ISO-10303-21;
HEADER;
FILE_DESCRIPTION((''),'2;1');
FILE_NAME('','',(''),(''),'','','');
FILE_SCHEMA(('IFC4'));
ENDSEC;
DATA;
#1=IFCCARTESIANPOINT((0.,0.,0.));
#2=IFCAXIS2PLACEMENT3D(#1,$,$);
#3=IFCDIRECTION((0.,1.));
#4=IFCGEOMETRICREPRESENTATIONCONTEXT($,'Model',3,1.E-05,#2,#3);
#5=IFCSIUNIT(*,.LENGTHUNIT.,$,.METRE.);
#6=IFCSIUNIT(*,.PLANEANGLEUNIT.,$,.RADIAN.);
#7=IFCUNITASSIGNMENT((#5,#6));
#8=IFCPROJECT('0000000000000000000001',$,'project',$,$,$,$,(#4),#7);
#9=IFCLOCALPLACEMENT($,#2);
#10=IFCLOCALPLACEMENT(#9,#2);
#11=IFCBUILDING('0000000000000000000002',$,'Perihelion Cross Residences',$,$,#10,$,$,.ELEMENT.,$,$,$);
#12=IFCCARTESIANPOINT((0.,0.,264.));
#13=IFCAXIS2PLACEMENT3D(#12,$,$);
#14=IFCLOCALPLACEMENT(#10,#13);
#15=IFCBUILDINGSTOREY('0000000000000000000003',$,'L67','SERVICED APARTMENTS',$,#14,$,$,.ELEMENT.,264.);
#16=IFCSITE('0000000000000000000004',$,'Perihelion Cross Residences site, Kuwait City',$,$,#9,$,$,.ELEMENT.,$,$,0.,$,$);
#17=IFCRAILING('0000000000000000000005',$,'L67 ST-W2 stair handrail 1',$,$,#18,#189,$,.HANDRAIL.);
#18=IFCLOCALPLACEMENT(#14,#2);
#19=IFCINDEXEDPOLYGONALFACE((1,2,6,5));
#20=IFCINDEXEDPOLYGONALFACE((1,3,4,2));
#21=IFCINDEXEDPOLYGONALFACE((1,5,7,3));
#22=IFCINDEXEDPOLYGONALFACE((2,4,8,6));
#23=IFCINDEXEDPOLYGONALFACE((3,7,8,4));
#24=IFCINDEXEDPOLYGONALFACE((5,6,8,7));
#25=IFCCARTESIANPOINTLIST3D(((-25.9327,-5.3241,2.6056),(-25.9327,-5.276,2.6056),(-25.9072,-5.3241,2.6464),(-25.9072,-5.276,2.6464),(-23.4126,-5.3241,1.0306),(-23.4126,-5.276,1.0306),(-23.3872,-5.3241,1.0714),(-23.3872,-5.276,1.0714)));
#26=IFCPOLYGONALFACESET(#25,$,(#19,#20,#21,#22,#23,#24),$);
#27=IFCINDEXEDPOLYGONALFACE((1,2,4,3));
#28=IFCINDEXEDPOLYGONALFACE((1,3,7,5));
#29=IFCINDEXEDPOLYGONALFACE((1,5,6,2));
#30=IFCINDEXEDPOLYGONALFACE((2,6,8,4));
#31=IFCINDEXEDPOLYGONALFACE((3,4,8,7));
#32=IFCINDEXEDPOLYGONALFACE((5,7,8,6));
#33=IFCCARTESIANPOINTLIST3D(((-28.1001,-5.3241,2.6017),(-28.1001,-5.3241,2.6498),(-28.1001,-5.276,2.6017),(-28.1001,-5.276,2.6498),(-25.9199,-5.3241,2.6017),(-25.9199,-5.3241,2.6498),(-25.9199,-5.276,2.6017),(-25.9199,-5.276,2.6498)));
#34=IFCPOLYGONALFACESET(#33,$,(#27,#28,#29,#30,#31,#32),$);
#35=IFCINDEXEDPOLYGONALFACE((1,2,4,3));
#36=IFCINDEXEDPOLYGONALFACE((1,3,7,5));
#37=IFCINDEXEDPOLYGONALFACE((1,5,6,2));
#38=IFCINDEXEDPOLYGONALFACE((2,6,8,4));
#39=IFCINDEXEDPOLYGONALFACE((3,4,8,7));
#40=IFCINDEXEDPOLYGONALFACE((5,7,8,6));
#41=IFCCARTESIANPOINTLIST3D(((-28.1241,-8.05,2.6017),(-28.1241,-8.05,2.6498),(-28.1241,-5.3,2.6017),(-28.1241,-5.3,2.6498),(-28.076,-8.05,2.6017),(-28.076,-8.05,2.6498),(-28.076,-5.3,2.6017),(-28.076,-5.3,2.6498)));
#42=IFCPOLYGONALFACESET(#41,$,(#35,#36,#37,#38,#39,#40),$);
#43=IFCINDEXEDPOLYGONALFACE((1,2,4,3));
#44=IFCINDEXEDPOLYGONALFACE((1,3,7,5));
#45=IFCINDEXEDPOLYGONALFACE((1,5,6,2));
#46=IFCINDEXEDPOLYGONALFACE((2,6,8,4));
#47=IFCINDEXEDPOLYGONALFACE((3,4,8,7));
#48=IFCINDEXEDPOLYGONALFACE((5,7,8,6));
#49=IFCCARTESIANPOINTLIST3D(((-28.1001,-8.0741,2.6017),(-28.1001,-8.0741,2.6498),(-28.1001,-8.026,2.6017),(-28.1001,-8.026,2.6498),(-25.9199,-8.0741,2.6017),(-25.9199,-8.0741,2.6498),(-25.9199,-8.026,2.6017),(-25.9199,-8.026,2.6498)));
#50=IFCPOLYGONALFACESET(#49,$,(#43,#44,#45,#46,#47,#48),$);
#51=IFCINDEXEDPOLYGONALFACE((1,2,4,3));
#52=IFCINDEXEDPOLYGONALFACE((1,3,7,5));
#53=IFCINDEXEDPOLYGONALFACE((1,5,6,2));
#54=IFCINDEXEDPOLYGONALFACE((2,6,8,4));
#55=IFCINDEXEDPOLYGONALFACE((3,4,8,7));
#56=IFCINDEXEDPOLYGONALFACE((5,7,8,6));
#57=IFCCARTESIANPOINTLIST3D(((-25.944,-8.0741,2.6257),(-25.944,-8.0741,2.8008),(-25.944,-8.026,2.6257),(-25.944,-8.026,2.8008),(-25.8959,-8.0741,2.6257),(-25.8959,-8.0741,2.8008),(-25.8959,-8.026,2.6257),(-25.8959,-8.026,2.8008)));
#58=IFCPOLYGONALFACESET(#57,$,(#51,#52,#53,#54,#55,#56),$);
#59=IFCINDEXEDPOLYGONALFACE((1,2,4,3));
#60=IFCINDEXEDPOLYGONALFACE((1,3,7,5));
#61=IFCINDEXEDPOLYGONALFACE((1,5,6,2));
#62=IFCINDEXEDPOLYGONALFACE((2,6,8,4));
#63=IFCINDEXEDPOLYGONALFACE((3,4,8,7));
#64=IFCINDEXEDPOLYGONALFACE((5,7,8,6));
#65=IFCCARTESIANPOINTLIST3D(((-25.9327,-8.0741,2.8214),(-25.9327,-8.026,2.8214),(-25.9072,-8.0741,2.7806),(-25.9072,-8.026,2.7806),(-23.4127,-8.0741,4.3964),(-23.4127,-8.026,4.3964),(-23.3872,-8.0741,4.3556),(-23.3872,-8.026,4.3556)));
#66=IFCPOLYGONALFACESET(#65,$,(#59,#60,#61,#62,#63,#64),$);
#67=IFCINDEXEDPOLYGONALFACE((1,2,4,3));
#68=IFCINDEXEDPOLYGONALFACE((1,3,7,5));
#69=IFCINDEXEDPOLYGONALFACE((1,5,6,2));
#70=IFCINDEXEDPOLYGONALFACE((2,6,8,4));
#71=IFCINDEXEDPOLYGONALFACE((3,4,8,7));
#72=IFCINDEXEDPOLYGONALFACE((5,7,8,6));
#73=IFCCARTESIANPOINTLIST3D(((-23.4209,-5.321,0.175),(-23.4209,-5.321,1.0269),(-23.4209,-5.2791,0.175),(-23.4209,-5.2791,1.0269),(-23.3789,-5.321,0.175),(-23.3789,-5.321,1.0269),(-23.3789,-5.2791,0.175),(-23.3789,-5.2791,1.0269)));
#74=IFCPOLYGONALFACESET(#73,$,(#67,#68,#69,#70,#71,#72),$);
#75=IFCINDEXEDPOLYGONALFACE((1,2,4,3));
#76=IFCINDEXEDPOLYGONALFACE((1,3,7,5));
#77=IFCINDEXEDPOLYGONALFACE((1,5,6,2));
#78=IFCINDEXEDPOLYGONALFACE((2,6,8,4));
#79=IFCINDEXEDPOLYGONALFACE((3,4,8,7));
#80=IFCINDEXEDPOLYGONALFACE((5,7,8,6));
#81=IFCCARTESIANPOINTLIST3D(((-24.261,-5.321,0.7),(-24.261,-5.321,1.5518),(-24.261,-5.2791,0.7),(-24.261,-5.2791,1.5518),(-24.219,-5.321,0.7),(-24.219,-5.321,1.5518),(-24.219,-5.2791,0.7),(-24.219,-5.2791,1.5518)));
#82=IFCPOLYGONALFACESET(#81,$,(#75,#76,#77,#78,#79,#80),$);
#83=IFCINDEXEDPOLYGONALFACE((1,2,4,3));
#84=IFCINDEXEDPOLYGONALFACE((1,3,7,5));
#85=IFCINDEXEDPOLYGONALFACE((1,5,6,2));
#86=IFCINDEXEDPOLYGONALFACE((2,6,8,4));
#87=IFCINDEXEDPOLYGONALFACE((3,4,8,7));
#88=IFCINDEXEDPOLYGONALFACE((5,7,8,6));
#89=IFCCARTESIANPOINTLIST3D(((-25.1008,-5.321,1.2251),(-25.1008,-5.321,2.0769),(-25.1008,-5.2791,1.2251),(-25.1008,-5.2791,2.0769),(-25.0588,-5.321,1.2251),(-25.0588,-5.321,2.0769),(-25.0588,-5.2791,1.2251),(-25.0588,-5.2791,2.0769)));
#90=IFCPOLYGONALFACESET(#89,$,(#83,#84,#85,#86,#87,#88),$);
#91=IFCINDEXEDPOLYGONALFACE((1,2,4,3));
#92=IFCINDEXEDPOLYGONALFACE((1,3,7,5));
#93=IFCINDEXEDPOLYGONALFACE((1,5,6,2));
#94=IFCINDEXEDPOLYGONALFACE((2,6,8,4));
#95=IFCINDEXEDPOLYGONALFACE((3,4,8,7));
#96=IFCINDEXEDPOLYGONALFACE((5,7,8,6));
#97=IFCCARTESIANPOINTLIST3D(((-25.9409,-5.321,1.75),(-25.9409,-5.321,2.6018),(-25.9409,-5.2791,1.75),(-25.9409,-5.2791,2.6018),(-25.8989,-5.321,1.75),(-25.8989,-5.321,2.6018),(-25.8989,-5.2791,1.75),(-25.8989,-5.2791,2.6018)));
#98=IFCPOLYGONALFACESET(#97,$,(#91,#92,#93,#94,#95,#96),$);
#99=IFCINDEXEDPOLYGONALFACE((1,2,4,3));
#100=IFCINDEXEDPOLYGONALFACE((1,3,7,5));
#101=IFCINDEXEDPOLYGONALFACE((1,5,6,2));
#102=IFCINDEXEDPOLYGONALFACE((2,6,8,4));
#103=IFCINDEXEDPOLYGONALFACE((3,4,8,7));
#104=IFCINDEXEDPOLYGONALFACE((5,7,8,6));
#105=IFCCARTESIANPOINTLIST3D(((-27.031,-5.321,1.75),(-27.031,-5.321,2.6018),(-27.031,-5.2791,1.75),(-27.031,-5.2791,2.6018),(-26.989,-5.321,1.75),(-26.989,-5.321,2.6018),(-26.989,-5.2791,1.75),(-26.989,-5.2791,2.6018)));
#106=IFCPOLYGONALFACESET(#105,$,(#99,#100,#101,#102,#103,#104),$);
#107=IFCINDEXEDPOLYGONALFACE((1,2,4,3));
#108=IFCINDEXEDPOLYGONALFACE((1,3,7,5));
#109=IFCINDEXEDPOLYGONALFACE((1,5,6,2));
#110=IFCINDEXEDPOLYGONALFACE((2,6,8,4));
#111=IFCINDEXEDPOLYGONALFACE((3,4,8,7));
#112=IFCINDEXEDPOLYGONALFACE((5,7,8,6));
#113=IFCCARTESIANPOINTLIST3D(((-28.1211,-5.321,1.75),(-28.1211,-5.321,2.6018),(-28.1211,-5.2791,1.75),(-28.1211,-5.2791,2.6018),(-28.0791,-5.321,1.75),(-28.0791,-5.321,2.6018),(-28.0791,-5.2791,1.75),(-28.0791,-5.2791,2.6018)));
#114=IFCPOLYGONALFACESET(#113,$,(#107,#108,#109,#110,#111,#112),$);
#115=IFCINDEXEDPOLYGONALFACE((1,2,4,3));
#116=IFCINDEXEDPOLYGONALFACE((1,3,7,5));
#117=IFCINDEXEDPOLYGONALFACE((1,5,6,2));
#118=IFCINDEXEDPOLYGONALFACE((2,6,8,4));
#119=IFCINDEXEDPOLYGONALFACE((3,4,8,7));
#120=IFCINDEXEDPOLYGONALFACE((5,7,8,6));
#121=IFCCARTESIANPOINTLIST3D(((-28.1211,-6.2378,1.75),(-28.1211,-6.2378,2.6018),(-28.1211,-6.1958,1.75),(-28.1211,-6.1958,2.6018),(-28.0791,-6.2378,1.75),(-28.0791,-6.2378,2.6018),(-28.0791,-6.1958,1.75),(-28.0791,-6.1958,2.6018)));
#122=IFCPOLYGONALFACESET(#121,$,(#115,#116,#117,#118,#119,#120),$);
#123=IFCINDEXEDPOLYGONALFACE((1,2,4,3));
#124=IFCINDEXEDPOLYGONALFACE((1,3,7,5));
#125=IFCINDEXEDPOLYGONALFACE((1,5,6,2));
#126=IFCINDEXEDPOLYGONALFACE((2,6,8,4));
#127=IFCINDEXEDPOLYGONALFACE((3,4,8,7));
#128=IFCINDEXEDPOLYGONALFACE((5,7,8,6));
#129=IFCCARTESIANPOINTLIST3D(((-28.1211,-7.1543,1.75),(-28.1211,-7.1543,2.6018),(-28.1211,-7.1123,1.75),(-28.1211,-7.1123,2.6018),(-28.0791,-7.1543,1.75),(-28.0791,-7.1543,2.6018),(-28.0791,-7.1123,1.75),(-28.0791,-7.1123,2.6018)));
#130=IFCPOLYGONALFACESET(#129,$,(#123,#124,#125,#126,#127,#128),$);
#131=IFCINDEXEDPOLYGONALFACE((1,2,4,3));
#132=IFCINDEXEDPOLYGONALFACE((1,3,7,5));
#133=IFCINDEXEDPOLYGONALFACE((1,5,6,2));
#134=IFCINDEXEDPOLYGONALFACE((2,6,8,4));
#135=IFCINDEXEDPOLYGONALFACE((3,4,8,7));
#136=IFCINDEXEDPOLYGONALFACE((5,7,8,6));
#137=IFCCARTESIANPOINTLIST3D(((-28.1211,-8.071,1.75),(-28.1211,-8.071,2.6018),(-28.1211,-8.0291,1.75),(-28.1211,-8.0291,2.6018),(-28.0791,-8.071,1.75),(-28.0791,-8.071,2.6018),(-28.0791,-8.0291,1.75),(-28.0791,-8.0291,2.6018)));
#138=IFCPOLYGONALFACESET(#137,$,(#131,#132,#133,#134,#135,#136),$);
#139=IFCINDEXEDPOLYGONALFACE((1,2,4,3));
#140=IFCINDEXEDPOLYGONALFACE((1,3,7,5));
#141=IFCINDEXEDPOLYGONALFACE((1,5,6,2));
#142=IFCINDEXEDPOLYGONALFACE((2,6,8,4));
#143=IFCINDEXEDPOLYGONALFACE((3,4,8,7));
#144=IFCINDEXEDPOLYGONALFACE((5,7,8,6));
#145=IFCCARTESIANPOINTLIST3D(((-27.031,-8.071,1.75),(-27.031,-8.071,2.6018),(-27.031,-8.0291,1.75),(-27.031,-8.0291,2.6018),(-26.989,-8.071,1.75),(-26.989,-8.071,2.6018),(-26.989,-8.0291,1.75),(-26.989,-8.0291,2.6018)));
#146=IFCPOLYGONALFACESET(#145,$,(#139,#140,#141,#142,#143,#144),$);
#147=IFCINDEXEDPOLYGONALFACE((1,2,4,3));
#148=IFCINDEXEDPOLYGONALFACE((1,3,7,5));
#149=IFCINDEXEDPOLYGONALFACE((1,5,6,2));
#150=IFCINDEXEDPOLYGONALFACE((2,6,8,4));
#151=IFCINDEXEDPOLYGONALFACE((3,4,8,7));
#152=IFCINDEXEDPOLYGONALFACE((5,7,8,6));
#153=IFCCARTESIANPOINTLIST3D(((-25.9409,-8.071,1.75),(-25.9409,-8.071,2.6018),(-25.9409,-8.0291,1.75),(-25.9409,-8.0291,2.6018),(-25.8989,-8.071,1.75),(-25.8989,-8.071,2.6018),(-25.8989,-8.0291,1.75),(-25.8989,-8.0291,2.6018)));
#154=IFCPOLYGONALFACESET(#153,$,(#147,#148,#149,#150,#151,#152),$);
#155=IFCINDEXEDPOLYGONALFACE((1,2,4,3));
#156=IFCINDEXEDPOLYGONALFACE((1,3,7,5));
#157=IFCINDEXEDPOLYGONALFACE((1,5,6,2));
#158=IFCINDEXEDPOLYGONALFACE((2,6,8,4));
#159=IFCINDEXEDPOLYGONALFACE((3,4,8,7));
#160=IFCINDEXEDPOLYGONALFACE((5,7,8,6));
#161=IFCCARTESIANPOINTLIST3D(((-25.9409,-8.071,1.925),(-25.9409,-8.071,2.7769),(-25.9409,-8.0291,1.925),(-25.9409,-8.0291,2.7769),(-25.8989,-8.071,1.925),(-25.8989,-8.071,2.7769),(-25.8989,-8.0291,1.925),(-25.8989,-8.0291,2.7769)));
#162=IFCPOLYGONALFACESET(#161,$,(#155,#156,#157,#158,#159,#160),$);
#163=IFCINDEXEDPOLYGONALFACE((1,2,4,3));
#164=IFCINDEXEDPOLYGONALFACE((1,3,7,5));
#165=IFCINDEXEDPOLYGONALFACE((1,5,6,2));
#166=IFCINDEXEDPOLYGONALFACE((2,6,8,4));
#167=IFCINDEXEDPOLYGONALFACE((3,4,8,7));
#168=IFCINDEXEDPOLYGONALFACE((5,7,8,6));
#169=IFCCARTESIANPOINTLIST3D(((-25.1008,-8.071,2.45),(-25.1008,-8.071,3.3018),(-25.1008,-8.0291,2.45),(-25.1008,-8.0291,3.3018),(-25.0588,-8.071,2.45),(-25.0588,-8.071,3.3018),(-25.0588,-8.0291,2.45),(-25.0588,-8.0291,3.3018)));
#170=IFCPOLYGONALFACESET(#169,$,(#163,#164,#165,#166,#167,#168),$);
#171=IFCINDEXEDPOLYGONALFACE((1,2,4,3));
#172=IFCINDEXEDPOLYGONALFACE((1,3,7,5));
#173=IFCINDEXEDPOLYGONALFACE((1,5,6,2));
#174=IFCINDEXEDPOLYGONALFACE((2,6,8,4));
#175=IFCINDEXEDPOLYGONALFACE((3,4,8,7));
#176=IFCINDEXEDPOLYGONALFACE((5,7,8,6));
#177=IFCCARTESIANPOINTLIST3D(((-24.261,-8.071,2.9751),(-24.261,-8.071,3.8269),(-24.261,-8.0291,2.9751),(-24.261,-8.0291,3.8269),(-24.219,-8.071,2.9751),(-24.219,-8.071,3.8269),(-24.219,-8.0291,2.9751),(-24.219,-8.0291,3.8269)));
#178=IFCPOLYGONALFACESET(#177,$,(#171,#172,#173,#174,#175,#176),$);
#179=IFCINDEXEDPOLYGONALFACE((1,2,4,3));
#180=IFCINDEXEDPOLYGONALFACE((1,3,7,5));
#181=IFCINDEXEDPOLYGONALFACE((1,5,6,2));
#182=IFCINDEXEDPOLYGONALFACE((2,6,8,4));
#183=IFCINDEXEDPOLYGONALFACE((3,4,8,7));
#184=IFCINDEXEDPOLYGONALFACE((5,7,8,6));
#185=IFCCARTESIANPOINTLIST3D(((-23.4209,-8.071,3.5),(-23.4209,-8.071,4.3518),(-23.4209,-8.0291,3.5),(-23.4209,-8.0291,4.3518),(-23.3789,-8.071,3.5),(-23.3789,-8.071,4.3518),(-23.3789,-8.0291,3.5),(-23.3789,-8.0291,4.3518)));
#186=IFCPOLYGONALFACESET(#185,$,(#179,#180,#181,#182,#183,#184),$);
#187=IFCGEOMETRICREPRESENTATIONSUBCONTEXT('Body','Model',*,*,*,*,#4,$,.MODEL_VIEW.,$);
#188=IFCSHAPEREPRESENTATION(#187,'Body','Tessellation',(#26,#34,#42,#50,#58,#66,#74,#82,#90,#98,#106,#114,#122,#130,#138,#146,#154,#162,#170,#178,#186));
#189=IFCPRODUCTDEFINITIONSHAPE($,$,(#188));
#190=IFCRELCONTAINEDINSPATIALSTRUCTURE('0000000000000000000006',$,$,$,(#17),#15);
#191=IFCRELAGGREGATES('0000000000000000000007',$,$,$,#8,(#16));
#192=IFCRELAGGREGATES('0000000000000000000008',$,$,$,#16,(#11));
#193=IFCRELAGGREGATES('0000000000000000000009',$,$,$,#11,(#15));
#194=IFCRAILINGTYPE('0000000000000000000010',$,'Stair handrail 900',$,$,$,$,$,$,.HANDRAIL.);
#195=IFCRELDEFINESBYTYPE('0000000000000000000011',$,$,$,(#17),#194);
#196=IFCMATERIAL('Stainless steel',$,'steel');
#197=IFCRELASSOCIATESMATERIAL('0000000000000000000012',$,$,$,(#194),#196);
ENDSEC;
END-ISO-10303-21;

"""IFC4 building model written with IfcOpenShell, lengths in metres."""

from ifc_helpers import new_model, si_unit, direction, frame, origin, origin_2d, place, context, subcontext, project, spatial, rectangle, extrude, material, type_object, element, save


model = new_model("IFC4")

# Units and contexts
model_context = context("Model", 3, precision=1e-05, world=origin(), true_north=direction((0.0, 1.0)))
body_context = subcontext(model_context, "Body", "Model", "MODEL_VIEW")
ifc_project = project(units=[si_unit("LENGTHUNIT", "METRE"), si_unit("PLANEANGLEUNIT", "RADIAN")], contexts=[model_context])

# Site, building, storey
site_placement = place(None, origin())
site = spatial("IfcSite", under=ifc_project, at=site_placement, Name="Perihelion Cross Residences site, Kuwait City", CompositionType="ELEMENT", RefElevation=0.0)
building_placement = place(site_placement, origin())
building = spatial("IfcBuilding", under=site, at=building_placement, Name="Perihelion Cross Residences", CompositionType="ELEMENT")
storey_placement = place(building_placement, frame((0.0, 0.0, 264.0)))
storey = spatial("IfcBuildingStorey", under=building, at=storey_placement, Name="L67", Description="SERVICED APARTMENTS", CompositionType="ELEMENT", Elevation=264.0)

# Railing
ifc_material_1 = material(Name="Stainless steel", Category="steel")
railing_type_1 = type_object("IfcRailingType", Name="Stair handrail 900", PredefinedType="HANDRAIL", material=ifc_material_1)
railing_1_placement = place(storey_placement, frame((-23.3999, -5.3, 0.175)))
element("IfcRailing", 1, at=railing_1_placement, inside=storey, type_object=railing_type_1, Name="L67 ST-W2 stair handrail 1", PredefinedType="HANDRAIL", context=body_context, shape_type="SweptSolid", body=[
    extrude(rectangle(XDim=0.0481, YDim=0.0481, at=origin_2d()), frame((0.0, 0.0, 0.876), z_axis=(-0.848008, 0.0, 0.529984), x_axis=(0.0, -1.0, 0.0)), (0.0, 0.0, 1.0), 2.9717),
    extrude(rectangle(XDim=0.0481, YDim=0.0481, at=origin_2d()), frame((-2.52, 0.0, 2.4507), z_axis=(-1.0, 0.0, 0.0), x_axis=(0.0, -1.0, 0.0)), (0.0, 0.0, 1.0), 2.1802),
    extrude(rectangle(XDim=0.0481, YDim=0.0481, at=origin_2d()), frame((-4.7002, 0.0, 2.4507), z_axis=(0.0, -1.0, 0.0), x_axis=(1.0, 0.0, 0.0)), (0.0, 0.0, 1.0), 2.75),
    extrude(rectangle(XDim=0.0481, YDim=0.0481, at=origin_2d()), frame((-4.7002, -2.75, 2.4507), z_axis=(1.0, 0.0, 0.0), x_axis=(0.0, 1.0, 0.0)), (0.0, 0.0, 1.0), 2.1802),
    extrude(rectangle(XDim=0.0481, YDim=0.0481, at=origin_2d()), frame((-2.52, -2.75, 2.4507), z_axis=(0.0, 0.0, 1.0), x_axis=(1.0, 0.0, 0.0)), (0.0, 0.0, 1.0), 0.175),
    extrude(rectangle(XDim=0.0481, YDim=0.0481, at=origin_2d()), frame((-2.52, -2.75, 2.626), z_axis=(0.848008, 0.0, 0.529984), x_axis=(0.0, 1.0, 0.0)), (0.0, 0.0, 1.0), 2.9717),
    extrude(rectangle(XDim=0.042, YDim=0.042, at=origin_2d()), origin(), (0.0, 0.0, 1.0), 0.8518),
    extrude(rectangle(XDim=0.042, YDim=0.042, at=origin_2d()), frame((-0.8401, 0.0, 0.5249)), (0.0, 0.0, 1.0), 0.8518),
    extrude(rectangle(XDim=0.042, YDim=0.042, at=origin_2d()), frame((-1.6799, 0.0, 1.05)), (0.0, 0.0, 1.0), 0.8518),
    extrude(rectangle(XDim=0.042, YDim=0.042, at=origin_2d()), frame((-2.52, 0.0, 1.575)), (0.0, 0.0, 1.0), 0.8518),
    extrude(rectangle(XDim=0.042, YDim=0.042, at=origin_2d()), frame((-3.6101, 0.0, 1.575)), (0.0, 0.0, 1.0), 0.8518),
    extrude(rectangle(XDim=0.042, YDim=0.042, at=origin_2d()), frame((-4.7002, 0.0, 1.575)), (0.0, 0.0, 1.0), 0.8518),
    extrude(rectangle(XDim=0.042, YDim=0.042, at=origin_2d()), frame((-4.7002, -0.9167, 1.575)), (0.0, 0.0, 1.0), 0.8518),
    extrude(rectangle(XDim=0.042, YDim=0.042, at=origin_2d()), frame((-4.7002, -1.8333, 1.575)), (0.0, 0.0, 1.0), 0.8518),
    extrude(rectangle(XDim=0.042, YDim=0.042, at=origin_2d()), frame((-4.7002, -2.75, 1.575)), (0.0, 0.0, 1.0), 0.8518),
    extrude(rectangle(XDim=0.042, YDim=0.042, at=origin_2d()), frame((-3.6101, -2.75, 1.575)), (0.0, 0.0, 1.0), 0.8518),
    extrude(rectangle(XDim=0.042, YDim=0.042, at=origin_2d()), frame((-2.52, -2.75, 1.575)), (0.0, 0.0, 1.0), 0.8518),
    extrude(rectangle(XDim=0.042, YDim=0.042, at=origin_2d()), frame((-2.52, -2.75, 1.75)), (0.0, 0.0, 1.0), 0.8518),
    extrude(rectangle(XDim=0.042, YDim=0.042, at=origin_2d()), frame((-1.6799, -2.75, 2.2749)), (0.0, 0.0, 1.0), 0.8518),
    extrude(rectangle(XDim=0.042, YDim=0.042, at=origin_2d()), frame((-0.8401, -2.75, 2.8)), (0.0, 0.0, 1.0), 0.8518),
    extrude(rectangle(XDim=0.042, YDim=0.042, at=origin_2d()), frame((0.0, -2.75, 3.325)), (0.0, 0.0, 1.0), 0.8518),
])

save(model, "model.ifc")
